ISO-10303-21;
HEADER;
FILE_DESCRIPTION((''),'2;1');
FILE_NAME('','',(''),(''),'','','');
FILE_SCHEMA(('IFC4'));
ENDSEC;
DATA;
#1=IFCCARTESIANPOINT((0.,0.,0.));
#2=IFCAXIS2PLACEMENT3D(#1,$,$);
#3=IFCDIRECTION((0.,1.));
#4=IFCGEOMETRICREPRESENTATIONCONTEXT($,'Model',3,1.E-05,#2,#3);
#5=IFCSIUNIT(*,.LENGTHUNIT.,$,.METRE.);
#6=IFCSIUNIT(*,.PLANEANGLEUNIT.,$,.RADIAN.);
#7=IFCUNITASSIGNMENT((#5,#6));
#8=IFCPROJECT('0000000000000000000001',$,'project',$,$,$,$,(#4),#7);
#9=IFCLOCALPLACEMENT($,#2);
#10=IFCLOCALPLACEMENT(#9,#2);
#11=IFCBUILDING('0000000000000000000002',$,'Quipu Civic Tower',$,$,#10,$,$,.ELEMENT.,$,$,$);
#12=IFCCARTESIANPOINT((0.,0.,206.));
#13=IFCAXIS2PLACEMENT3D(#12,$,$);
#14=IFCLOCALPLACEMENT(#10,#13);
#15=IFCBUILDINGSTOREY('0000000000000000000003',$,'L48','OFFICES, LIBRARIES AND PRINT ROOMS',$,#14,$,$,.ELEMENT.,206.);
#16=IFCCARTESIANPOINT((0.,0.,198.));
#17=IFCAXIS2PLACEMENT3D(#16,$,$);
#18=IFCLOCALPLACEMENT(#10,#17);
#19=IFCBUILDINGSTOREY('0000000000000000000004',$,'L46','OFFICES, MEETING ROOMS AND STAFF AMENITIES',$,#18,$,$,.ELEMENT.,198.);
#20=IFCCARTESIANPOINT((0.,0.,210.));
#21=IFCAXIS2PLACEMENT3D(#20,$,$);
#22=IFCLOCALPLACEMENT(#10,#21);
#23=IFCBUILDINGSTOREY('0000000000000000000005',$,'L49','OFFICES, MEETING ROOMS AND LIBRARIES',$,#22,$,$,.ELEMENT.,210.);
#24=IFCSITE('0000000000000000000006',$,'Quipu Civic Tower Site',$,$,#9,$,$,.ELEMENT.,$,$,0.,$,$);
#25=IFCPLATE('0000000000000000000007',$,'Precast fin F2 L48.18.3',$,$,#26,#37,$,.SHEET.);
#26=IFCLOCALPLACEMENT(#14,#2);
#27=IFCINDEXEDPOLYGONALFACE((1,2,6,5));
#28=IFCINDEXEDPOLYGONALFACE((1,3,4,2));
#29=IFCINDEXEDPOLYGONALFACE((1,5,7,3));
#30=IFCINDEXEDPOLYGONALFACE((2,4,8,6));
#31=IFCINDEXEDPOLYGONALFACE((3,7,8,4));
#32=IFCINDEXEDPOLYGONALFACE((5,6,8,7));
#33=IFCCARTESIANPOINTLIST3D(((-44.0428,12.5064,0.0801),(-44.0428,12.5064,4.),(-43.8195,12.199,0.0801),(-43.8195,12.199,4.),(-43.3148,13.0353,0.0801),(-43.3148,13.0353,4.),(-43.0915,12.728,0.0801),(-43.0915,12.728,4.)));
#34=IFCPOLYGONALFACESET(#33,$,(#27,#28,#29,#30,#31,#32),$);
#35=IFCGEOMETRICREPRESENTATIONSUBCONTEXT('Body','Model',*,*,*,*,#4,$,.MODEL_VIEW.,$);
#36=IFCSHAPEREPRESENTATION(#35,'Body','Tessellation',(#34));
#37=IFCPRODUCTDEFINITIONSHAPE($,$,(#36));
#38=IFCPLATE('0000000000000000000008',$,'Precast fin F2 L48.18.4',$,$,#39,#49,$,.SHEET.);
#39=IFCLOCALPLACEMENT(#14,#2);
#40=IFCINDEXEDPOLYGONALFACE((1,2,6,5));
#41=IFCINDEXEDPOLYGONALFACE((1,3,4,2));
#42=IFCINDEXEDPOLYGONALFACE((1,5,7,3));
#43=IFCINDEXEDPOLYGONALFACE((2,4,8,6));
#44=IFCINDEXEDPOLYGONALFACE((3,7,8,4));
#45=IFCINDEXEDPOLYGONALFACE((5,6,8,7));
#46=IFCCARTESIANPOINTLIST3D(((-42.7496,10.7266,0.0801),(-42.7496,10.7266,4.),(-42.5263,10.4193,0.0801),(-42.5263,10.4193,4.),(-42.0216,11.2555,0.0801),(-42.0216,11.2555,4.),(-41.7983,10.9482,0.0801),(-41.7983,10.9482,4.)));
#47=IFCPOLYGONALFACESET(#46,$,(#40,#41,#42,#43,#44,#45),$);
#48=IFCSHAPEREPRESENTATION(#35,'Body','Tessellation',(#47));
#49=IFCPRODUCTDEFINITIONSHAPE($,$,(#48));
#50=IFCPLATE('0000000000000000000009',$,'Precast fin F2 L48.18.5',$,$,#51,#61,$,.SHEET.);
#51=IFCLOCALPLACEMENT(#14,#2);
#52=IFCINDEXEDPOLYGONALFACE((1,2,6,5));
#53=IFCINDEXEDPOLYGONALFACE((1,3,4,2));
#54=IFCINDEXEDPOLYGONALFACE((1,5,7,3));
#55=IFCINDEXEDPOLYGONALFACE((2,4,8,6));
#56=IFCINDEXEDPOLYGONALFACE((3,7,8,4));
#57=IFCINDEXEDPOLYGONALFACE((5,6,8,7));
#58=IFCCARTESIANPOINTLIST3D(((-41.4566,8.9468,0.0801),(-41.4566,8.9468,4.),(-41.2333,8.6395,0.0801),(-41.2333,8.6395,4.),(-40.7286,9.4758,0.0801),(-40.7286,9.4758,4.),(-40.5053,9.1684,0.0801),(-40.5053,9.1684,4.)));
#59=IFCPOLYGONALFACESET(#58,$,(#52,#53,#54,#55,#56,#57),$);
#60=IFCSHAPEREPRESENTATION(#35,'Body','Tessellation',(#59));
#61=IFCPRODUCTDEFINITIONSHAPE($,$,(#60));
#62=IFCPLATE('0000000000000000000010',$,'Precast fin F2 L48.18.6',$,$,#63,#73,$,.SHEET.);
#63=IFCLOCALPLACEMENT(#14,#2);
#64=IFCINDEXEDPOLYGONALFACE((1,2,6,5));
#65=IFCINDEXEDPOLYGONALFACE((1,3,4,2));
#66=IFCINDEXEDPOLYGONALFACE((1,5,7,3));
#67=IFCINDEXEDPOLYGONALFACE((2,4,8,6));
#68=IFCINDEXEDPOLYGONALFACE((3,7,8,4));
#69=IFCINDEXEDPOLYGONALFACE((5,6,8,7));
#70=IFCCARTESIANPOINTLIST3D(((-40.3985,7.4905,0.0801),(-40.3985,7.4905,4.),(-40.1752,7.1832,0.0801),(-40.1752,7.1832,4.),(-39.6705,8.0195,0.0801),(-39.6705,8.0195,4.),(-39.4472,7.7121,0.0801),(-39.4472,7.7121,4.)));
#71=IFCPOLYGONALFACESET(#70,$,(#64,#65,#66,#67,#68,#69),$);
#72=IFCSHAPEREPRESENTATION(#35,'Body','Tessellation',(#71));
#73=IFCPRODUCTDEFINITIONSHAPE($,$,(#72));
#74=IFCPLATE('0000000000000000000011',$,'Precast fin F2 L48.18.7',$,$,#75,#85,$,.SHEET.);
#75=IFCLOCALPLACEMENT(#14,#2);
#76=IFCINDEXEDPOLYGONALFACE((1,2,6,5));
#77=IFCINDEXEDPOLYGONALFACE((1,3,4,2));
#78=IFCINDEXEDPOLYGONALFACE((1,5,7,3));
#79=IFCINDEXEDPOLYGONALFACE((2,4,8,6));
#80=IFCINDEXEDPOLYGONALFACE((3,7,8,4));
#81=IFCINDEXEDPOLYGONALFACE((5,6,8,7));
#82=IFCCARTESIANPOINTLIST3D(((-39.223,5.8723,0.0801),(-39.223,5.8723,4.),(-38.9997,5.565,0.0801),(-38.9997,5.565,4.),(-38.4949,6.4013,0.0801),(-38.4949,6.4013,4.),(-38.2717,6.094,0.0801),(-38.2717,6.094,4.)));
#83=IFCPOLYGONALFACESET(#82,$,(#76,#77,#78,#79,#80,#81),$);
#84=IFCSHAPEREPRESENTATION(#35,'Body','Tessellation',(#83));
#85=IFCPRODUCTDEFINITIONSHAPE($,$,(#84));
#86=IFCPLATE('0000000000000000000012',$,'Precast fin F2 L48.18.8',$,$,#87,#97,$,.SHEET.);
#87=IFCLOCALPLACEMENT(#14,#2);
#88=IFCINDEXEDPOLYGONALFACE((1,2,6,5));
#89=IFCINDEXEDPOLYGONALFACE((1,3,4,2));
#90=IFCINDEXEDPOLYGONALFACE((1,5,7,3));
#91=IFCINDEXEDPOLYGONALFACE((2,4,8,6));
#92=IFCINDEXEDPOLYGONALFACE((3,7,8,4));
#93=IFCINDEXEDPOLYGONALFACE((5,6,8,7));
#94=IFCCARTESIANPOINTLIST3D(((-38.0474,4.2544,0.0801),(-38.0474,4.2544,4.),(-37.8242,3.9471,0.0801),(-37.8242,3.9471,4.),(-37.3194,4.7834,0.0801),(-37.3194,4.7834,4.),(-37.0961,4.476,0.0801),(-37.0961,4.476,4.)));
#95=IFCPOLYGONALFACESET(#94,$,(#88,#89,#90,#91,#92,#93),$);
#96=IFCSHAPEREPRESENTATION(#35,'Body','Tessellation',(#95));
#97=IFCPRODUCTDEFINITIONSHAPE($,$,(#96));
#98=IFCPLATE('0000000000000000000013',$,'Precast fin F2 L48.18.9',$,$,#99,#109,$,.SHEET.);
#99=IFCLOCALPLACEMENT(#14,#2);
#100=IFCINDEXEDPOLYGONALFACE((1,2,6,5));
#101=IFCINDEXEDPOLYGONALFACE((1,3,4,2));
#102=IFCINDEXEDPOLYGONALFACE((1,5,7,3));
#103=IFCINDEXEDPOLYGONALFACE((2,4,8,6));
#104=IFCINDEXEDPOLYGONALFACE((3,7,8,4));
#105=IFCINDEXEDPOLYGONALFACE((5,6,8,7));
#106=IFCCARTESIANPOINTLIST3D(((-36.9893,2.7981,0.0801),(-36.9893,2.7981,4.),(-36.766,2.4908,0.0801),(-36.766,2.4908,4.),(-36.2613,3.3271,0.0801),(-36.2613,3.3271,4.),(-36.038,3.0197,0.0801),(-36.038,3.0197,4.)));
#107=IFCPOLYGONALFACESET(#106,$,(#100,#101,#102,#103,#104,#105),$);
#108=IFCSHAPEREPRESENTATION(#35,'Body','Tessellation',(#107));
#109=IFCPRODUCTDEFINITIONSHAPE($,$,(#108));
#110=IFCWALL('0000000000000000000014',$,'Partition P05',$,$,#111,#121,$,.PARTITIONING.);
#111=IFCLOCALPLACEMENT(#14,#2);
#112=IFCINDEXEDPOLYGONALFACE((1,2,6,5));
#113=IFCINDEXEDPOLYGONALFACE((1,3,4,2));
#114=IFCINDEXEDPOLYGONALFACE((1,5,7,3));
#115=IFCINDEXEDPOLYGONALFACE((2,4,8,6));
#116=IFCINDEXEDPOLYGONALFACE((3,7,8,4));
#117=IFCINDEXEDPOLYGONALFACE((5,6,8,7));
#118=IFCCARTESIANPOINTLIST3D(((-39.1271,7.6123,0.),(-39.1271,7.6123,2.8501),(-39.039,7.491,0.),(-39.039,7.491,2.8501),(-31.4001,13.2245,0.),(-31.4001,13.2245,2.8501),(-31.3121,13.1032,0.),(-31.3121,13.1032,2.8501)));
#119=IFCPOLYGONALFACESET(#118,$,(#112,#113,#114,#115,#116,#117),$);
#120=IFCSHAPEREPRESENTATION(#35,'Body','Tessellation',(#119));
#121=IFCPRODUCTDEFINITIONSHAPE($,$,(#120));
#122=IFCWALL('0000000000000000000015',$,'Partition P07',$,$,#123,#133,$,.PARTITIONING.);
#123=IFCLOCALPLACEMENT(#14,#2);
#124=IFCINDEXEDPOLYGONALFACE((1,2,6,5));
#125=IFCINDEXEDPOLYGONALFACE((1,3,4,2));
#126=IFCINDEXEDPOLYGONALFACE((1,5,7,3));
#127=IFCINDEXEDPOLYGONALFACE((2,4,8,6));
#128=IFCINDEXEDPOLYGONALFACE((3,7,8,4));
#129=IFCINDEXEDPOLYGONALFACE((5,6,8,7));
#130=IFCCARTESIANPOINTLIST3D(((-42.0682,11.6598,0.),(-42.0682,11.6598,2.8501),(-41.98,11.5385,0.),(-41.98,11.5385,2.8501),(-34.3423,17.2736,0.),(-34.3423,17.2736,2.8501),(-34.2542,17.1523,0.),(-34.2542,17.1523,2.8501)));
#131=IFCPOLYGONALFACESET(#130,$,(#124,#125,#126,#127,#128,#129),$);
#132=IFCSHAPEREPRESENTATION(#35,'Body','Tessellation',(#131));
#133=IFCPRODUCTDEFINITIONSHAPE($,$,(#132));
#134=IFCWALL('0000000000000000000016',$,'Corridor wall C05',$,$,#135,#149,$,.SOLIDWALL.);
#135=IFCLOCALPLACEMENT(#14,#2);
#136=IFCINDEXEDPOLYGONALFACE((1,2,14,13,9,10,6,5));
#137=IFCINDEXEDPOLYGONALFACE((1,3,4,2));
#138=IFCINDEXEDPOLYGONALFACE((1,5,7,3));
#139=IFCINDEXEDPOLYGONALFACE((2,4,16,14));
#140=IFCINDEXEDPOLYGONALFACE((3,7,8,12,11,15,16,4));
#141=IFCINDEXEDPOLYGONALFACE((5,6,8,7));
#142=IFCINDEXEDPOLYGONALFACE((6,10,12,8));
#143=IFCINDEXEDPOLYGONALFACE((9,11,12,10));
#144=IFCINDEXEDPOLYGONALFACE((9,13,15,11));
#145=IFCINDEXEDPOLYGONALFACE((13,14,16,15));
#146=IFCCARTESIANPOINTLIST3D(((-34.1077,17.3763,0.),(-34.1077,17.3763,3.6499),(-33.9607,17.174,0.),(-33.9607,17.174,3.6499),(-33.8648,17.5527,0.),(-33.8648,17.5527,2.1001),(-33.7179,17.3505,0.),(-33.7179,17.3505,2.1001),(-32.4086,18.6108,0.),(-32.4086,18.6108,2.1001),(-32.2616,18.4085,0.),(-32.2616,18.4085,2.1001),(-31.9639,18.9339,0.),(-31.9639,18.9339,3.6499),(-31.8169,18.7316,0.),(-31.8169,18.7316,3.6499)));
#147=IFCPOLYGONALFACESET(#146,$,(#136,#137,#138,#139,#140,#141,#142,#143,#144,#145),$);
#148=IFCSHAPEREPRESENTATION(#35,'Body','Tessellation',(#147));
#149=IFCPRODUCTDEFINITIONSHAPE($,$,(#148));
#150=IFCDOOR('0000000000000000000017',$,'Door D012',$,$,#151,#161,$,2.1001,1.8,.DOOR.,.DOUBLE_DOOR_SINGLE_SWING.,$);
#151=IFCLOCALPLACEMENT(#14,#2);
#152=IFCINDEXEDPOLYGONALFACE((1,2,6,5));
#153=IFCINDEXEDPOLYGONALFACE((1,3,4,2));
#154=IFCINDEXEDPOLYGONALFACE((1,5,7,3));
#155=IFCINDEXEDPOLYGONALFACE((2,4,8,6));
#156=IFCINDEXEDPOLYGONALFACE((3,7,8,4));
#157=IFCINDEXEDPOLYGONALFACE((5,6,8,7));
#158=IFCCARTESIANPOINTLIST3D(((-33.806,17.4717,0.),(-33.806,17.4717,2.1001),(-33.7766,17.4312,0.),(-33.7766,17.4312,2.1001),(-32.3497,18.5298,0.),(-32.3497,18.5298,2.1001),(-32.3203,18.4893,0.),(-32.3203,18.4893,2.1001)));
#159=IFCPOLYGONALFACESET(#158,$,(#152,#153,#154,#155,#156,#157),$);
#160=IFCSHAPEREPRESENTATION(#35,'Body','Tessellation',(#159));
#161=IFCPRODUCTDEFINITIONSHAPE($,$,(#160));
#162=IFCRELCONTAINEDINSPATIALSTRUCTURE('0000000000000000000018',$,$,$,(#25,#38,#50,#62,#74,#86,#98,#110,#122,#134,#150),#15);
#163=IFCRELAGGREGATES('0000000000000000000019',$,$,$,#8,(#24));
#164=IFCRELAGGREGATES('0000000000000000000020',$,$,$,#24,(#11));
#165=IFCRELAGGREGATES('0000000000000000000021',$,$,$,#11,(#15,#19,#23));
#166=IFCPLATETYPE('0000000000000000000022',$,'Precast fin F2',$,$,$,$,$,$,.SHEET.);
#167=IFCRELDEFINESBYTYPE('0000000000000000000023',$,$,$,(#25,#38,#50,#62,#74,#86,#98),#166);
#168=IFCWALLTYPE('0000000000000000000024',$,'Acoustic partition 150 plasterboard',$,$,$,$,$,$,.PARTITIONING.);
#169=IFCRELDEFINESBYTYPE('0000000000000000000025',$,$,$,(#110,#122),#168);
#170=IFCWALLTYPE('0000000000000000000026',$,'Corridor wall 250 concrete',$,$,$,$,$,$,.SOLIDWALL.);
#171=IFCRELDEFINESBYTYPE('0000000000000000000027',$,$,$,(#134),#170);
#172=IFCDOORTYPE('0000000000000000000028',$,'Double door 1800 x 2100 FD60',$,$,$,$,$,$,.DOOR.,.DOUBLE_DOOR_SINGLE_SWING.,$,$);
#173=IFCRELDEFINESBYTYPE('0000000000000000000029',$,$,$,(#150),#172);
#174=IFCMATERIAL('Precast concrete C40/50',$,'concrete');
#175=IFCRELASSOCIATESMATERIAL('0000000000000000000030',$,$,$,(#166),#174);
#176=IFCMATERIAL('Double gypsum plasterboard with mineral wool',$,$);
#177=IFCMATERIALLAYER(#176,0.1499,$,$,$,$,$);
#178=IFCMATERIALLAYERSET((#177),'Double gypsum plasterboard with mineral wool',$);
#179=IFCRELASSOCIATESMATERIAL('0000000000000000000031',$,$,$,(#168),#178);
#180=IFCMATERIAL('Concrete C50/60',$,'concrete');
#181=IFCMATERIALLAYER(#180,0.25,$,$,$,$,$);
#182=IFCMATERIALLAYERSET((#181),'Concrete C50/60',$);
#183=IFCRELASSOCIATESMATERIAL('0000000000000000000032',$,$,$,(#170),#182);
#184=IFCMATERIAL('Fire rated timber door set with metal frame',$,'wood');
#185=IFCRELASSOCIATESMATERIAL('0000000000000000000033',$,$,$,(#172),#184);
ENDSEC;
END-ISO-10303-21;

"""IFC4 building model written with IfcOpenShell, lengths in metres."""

from ifc_helpers import new_model, si_unit, direction, frame, frame_2d, origin, origin_2d, place, context, subcontext, project, spatial, rectangle, extrude, material, layer, layer_set, type_object, element, fill, save


model = new_model("IFC4")

# Units and contexts
model_context = context("Model", 3, precision=1e-05, world=origin(), true_north=direction((0.0, 1.0)))
body_context = subcontext(model_context, "Body", "Model", "MODEL_VIEW")
ifc_project = project(units=[si_unit("LENGTHUNIT", "METRE"), si_unit("PLANEANGLEUNIT", "RADIAN")], contexts=[model_context])

# Site, building, storey
site_placement = place(None, origin())
site = spatial("IfcSite", under=ifc_project, at=site_placement, Name="Quipu Civic Tower Site", CompositionType="ELEMENT", RefElevation=0.0)
building_placement = place(site_placement, origin())
building = spatial("IfcBuilding", under=site, at=building_placement, Name="Quipu Civic Tower", CompositionType="ELEMENT")
storey_1_placement = place(building_placement, frame((0.0, 0.0, 206.0)))
storey_1 = spatial("IfcBuildingStorey", under=building, at=storey_1_placement, Name="L48", Description="OFFICES, LIBRARIES AND PRINT ROOMS", CompositionType="ELEMENT", Elevation=206.0)

# Shared definitions
storey_2_placement = place(building_placement, frame((0.0, 0.0, 198.0)))
storey_2 = spatial("IfcBuildingStorey", under=building, at=storey_2_placement, Name="L46", Description="OFFICES, MEETING ROOMS AND STAFF AMENITIES", CompositionType="ELEMENT", Elevation=198.0)

# Shared definitions
storey_3_placement = place(building_placement, frame((0.0, 0.0, 210.0)))
storey_3 = spatial("IfcBuildingStorey", under=building, at=storey_3_placement, Name="L49", Description="OFFICES, MEETING ROOMS AND LIBRARIES", CompositionType="ELEMENT", Elevation=210.0)

# Plates
ifc_material_1 = material(Name="Precast concrete C40/50", Category="concrete")
plate_type_1 = type_object("IfcPlateType", Name="Precast fin F2", PredefinedType="SHEET", material=ifc_material_1)
for number, where, z_axis, x_axis, name in (
    (1, (-43.5671, 12.6172, 0.0801), (0.0, 0.0, 1.0), (0.587786, -0.809017, 0.0), "Precast fin F2 L48.18.3"),
    (2, (-42.2739, 10.8374, 0.0801), (0.0, 0.0, 1.0), (0.587786, -0.809017, 0.0), "Precast fin F2 L48.18.4"),
    (3, (-40.981, 9.0576, 0.0801), (0.0, 0.0, 1.0), (0.587786, -0.809017, 0.0), "Precast fin F2 L48.18.5"),
    (4, (-39.9229, 7.6013, 0.0801), (0.0, 0.0, 1.0), (0.587786, -0.809017, 0.0), "Precast fin F2 L48.18.6"),
    (5, (-38.7473, 5.9832, 0.0801), (0.0, 0.0, 1.0), (0.587786, -0.809017, 0.0), "Precast fin F2 L48.18.7"),
    (6, (-37.5718, 4.3652, 0.0801), (0.0, 0.0, 1.0), (0.587786, -0.809017, 0.0), "Precast fin F2 L48.18.8"),
    (7, (-36.5137, 2.9089, 0.0801), (0.0, 0.0, 1.0), (0.587786, -0.809017, 0.0), "Precast fin F2 L48.18.9"),
):
    element("IfcPlate", number, at=place(storey_1_placement, frame(where, z_axis=z_axis, x_axis=x_axis)), inside=storey_1, type_object=plate_type_1, Name=name, PredefinedType="SHEET", context=body_context, shape_type="SweptSolid", body=[
        extrude(rectangle(XDim=0.3799, YDim=0.8999, at=origin_2d()), origin(), (0.0, 0.0, 1.0), 3.9199),
    ])

# Walls
ifc_material_2 = material(Name="Double gypsum plasterboard with mineral wool")
ifc_layer_1 = layer(ifc_material_2, 0.1499)
ifc_layer_set_1 = layer_set([ifc_layer_1], Name="Double gypsum plasterboard with mineral wool")
wall_type_1 = type_object("IfcWallType", Name="Acoustic partition 150 plasterboard", PredefinedType="PARTITIONING", material=ifc_layer_set_1)
for number, where, z_axis, x_axis, name in (
    (8, (-31.3562, 13.1638, 0.0), (0.0, 0.0, 1.0), (-0.809103, -0.587667, 0.0), "Partition P05"),
    (9, (-34.2983, 17.2129, 0.0), (0.0, 0.0, 1.0), (-0.808986, -0.587828, 0.0), "Partition P07"),
):
    element("IfcWall", number, at=place(storey_1_placement, frame(where, z_axis=z_axis, x_axis=x_axis)), inside=storey_1, type_object=wall_type_1, Name=name, PredefinedType="PARTITIONING", context=body_context, shape_type="SweptSolid", body=[
        extrude(rectangle(XDim=9.55, YDim=0.1499, at=frame_2d((4.7749, 0.0))), origin(), (0.0, 0.0, 1.0), 2.8501),
    ])

# Wall, opening, door
ifc_material_3 = material(Name="Concrete C50/60", Category="concrete")
ifc_layer_2 = layer(ifc_material_3, 0.25)
ifc_layer_set_2 = layer_set([ifc_layer_2], Name="Concrete C50/60")
wall_type_2 = type_object("IfcWallType", Name="Corridor wall 250 concrete", PredefinedType="SOLIDWALL", material=ifc_layer_set_2)
wall_placement = place(storey_1_placement, frame((-34.0342, 17.2751, 0.0), z_axis=(0.0, 0.0, 1.0), x_axis=(0.809007, 0.587799, 0.0)))
wall = element("IfcWall", 10, at=wall_placement, inside=storey_1, type_object=wall_type_2, Name="Corridor wall C05", PredefinedType="SOLIDWALL", context=body_context, shape_type="SweptSolid", body=[
    extrude(rectangle(XDim=2.6499, YDim=0.25, at=frame_2d((1.325, 0.0))), origin(), (0.0, 0.0, 1.0), 3.6499),
])
opening_placement = place(wall_placement, frame((0.3003, 0.0, 0.0)))
opening = element("IfcOpeningElement", 11, at=opening_placement, cuts=wall, PredefinedType="OPENING", context=body_context, shape_type="SweptSolid", body=[
    extrude(rectangle(XDim=1.8, YDim=2.1001, at=frame_2d((0.8999, 1.05))), frame((0.0, 0.135, 0.0), z_axis=(0.0, -1.0, 0.0), x_axis=(1.0, 0.0, 0.0)), (0.0, 0.0, 1.0), 0.27),
])
ifc_material_4 = material(Name="Fire rated timber door set with metal frame", Category="wood")
door_type = type_object("IfcDoorType", Name="Double door 1800 x 2100 FD60", OperationType="DOUBLE_DOOR_SINGLE_SWING", PredefinedType="DOOR", material=ifc_material_4)
door_placement = place(opening_placement, origin())
door = element("IfcDoor", 12, at=door_placement, inside=storey_1, type_object=door_type, Name="Door D012", OperationType="DOUBLE_DOOR_SINGLE_SWING", OverallHeight=2.1001, OverallWidth=1.8, PredefinedType="DOOR", context=body_context, shape_type="SweptSolid", body=[
    extrude(rectangle(XDim=1.8, YDim=2.1001, at=frame_2d((0.8999, 1.05))), frame((0.0, 0.0249, 0.0), z_axis=(0.0, -1.0, 0.0), x_axis=(1.0, 0.0, 0.0)), (0.0, 0.0, 1.0), 0.05),
])
fill(opening, door)

save(model, "model.ifc")
